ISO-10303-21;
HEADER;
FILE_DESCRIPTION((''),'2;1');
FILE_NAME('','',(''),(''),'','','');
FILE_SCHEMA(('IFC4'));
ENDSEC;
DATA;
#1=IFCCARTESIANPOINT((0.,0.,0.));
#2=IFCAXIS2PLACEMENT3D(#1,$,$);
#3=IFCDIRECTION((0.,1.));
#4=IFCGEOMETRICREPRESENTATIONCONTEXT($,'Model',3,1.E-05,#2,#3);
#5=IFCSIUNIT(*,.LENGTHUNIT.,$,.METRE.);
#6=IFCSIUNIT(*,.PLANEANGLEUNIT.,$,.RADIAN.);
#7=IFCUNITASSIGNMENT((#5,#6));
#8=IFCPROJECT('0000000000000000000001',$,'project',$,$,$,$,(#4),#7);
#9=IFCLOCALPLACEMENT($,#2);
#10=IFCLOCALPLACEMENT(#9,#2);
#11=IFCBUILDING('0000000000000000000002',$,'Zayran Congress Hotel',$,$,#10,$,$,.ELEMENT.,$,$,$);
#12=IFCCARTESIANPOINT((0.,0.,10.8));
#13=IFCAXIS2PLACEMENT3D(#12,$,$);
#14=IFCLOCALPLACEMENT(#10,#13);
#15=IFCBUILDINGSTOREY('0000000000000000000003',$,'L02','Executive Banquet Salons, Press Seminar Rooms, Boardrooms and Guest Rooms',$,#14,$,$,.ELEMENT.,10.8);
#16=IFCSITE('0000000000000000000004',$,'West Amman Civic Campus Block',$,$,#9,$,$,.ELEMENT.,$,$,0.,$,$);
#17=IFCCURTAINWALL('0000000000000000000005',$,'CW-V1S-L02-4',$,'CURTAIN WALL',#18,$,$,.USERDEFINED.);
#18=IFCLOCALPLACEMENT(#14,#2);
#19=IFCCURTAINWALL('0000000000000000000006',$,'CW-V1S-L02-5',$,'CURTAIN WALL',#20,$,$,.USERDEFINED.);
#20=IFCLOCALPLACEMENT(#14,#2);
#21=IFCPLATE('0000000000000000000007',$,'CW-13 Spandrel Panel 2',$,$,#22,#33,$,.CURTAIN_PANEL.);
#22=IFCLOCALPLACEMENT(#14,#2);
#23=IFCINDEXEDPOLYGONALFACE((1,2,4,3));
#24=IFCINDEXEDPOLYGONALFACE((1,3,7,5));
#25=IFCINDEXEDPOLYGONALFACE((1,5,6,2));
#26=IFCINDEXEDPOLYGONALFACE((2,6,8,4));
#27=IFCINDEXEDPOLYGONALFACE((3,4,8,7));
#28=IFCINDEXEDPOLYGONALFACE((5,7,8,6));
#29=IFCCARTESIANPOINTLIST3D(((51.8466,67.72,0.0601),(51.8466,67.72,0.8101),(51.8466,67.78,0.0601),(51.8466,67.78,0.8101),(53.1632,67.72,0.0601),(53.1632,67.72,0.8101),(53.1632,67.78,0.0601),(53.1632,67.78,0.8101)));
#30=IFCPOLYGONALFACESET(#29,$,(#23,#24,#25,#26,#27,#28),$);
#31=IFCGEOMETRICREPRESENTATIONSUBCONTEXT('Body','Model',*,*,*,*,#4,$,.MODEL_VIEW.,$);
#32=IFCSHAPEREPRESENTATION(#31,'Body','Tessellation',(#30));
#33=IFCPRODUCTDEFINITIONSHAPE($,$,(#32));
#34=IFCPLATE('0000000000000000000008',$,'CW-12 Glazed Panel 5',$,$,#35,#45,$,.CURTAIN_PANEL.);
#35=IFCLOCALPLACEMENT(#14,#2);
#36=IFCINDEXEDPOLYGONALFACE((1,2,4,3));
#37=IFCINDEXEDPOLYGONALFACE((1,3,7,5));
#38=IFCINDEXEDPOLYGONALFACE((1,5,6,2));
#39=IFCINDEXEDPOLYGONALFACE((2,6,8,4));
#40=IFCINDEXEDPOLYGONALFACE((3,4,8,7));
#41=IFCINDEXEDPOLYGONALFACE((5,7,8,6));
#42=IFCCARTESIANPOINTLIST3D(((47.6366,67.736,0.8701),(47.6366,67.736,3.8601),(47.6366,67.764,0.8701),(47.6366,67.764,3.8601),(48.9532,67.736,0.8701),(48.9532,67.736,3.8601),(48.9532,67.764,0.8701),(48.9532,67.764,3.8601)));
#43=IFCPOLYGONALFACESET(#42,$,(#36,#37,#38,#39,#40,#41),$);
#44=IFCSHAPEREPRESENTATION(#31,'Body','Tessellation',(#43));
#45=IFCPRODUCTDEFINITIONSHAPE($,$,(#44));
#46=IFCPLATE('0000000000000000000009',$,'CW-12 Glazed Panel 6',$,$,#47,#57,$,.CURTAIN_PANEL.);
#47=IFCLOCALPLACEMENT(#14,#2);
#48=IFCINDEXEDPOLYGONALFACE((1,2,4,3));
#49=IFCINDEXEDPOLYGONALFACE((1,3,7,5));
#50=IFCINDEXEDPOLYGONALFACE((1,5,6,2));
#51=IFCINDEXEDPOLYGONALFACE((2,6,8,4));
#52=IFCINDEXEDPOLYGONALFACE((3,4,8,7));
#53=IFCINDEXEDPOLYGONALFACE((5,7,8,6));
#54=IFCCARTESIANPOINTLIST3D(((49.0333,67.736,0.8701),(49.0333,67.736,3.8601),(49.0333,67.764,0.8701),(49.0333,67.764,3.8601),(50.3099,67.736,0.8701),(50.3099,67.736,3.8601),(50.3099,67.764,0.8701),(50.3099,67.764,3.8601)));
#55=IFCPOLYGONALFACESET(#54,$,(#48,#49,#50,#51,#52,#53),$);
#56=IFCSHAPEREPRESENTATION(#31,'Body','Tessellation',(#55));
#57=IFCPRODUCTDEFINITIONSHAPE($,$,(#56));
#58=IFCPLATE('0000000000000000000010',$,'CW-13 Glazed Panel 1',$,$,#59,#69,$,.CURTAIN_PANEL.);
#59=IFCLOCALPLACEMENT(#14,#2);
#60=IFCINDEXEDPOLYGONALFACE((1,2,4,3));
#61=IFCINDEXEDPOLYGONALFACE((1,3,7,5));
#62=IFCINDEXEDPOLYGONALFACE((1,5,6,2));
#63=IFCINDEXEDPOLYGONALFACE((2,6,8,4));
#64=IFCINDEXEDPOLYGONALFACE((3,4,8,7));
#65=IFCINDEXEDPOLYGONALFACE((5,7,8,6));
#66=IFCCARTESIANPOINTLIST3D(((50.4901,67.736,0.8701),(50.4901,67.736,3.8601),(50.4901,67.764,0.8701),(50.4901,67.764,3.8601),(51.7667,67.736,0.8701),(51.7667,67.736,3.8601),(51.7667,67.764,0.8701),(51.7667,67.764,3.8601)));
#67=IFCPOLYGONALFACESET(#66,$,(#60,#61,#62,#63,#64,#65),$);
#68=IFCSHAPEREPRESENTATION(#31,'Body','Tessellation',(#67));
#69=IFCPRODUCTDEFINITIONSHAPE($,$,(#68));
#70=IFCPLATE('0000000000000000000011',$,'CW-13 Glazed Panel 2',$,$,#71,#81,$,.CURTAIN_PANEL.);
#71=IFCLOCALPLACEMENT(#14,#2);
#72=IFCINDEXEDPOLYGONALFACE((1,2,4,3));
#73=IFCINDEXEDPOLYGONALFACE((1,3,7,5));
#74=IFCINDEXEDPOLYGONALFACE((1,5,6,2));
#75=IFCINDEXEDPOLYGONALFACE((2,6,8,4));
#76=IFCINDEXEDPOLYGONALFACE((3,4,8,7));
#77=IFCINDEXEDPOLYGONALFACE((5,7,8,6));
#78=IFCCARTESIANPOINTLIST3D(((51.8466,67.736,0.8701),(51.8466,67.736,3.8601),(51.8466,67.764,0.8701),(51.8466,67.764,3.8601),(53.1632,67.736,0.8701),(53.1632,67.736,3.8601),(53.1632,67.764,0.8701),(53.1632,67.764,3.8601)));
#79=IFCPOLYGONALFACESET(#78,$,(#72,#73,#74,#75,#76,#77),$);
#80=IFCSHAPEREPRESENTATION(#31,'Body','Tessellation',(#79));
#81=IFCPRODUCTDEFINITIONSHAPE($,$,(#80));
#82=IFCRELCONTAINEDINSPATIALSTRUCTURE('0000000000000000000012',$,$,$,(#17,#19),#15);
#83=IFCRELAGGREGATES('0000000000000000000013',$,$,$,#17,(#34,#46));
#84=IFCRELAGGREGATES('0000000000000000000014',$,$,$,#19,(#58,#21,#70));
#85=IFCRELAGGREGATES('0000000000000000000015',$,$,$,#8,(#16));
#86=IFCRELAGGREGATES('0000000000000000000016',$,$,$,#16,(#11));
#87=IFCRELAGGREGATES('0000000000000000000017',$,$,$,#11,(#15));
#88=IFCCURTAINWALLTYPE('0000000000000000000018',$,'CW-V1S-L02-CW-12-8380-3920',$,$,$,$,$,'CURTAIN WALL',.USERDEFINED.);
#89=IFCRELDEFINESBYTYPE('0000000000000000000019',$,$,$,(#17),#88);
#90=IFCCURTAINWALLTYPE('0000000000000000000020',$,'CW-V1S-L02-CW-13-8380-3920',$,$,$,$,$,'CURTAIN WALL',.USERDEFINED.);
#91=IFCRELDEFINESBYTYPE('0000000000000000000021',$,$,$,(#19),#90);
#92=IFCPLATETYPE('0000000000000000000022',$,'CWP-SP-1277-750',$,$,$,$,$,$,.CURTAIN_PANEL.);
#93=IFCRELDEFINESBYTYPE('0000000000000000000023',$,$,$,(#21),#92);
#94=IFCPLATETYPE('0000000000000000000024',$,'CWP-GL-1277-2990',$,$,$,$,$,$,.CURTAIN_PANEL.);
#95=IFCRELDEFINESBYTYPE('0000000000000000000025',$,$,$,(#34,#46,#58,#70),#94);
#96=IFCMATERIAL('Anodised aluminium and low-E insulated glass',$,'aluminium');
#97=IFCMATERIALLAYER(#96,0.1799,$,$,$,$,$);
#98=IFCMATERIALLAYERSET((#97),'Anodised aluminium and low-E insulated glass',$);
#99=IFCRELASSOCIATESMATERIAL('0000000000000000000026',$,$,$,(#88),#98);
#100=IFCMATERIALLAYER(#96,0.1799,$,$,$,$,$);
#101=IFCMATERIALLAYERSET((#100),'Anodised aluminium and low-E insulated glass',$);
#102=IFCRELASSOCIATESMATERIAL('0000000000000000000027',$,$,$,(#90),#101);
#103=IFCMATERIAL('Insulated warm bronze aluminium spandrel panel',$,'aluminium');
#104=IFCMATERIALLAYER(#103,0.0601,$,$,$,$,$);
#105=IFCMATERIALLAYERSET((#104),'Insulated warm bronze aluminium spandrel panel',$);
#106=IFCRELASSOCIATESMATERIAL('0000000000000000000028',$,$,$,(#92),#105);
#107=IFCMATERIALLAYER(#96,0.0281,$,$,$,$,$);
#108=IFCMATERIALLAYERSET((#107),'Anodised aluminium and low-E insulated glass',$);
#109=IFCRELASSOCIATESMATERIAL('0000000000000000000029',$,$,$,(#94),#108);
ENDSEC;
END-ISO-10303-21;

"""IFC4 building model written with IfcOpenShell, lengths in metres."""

from ifc_helpers import new_model, si_unit, direction, frame, origin, origin_2d, place, context, subcontext, project, spatial, rectangle, extrude, material, layer, layer_set, type_object, element, aggregate, save


model = new_model("IFC4")

# Units and contexts
model_context = context("Model", 3, precision=1e-05, world=origin(), true_north=direction((0.0, 1.0)))
body_context = subcontext(model_context, "Body", "Model", "MODEL_VIEW")
ifc_project = project(units=[si_unit("LENGTHUNIT", "METRE"), si_unit("PLANEANGLEUNIT", "RADIAN")], contexts=[model_context])

# Site, building, storey
site_placement = place(None, origin())
site = spatial("IfcSite", under=ifc_project, at=site_placement, Name="West Amman Civic Campus Block", CompositionType="ELEMENT", RefElevation=0.0)
building_placement = place(site_placement, origin())
building = spatial("IfcBuilding", under=site, at=building_placement, Name="Zayran Congress Hotel", CompositionType="ELEMENT")
storey_placement = place(building_placement, frame((0.0, 0.0, 10.8)))
storey = spatial("IfcBuildingStorey", under=building, at=storey_placement, Name="L02", Description="Executive Banquet Salons, Press Seminar Rooms, Boardrooms and Guest Rooms", CompositionType="ELEMENT", Elevation=10.8)

# Curtain walls
ifc_material_1 = material(Name="Anodised aluminium and low-E insulated glass", Category="aluminium")
ifc_layer_1 = layer(ifc_material_1, 0.1799)
ifc_layer_set_1 = layer_set([ifc_layer_1], Name="Anodised aluminium and low-E insulated glass")
curtain_wall_type_1 = type_object("IfcCurtainWallType", Name="CW-V1S-L02-CW-12-8380-3920", ElementType="CURTAIN WALL", PredefinedType="USERDEFINED", material=ifc_layer_set_1)
curtain_wall_1_placement = place(storey_placement, origin())
curtain_wall_1 = element("IfcCurtainWall", 1, at=curtain_wall_1_placement, inside=storey, type_object=curtain_wall_type_1, Name="CW-V1S-L02-4", ObjectType="CURTAIN WALL", PredefinedType="USERDEFINED")
ifc_layer_2 = layer(ifc_material_1, 0.1799)
ifc_layer_set_2 = layer_set([ifc_layer_2], Name="Anodised aluminium and low-E insulated glass")
curtain_wall_type_2 = type_object("IfcCurtainWallType", Name="CW-V1S-L02-CW-13-8380-3920", ElementType="CURTAIN WALL", PredefinedType="USERDEFINED", material=ifc_layer_set_2)
curtain_wall_2_placement = place(storey_placement, origin())
curtain_wall_2 = element("IfcCurtainWall", 2, at=curtain_wall_2_placement, inside=storey, type_object=curtain_wall_type_2, Name="CW-V1S-L02-5", ObjectType="CURTAIN WALL", PredefinedType="USERDEFINED")

# Plates
ifc_material_2 = material(Name="Insulated warm bronze aluminium spandrel panel", Category="aluminium")
ifc_layer_3 = layer(ifc_material_2, 0.0601)
ifc_layer_set_3 = layer_set([ifc_layer_3], Name="Insulated warm bronze aluminium spandrel panel")
plate_type_1 = type_object("IfcPlateType", Name="CWP-SP-1277-750", PredefinedType="CURTAIN_PANEL", material=ifc_layer_set_3)
plate_1_placement = place(storey_placement, frame((52.5049, 67.75, 0.0601), z_axis=(0.0, 0.0, 1.0), x_axis=(1.0, 0.0, 0.0)))
plate_1 = element("IfcPlate", 3, at=plate_1_placement, type_object=plate_type_1, Name="CW-13 Spandrel Panel 2", PredefinedType="CURTAIN_PANEL", context=body_context, shape_type="SweptSolid", body=[
    extrude(rectangle(XDim=1.3167, YDim=0.0601, at=origin_2d()), origin(), (0.0, 0.0, 1.0), 0.75),
])
ifc_layer_4 = layer(ifc_material_1, 0.0281)
ifc_layer_set_4 = layer_set([ifc_layer_4], Name="Anodised aluminium and low-E insulated glass")
plate_type_2 = type_object("IfcPlateType", Name="CWP-GL-1277-2990", PredefinedType="CURTAIN_PANEL", material=ifc_layer_set_4)
plate_2_placement = place(storey_placement, frame((48.2949, 67.75, 0.8701), z_axis=(0.0, 0.0, 1.0), x_axis=(1.0, 0.0, 0.0)))
plate_2 = element("IfcPlate", 4, at=plate_2_placement, type_object=plate_type_2, Name="CW-12 Glazed Panel 5", PredefinedType="CURTAIN_PANEL", context=body_context, shape_type="SweptSolid", body=[
    extrude(rectangle(XDim=1.3167, YDim=0.0281, at=origin_2d()), origin(), (0.0, 0.0, 1.0), 2.99),
])
plate_3_placement = place(storey_placement, frame((49.6716, 67.75, 0.8701), z_axis=(0.0, 0.0, 1.0), x_axis=(1.0, 0.0, 0.0)))
plate_3 = element("IfcPlate", 5, at=plate_3_placement, type_object=plate_type_2, Name="CW-12 Glazed Panel 6", PredefinedType="CURTAIN_PANEL", context=body_context, shape_type="SweptSolid", body=[
    extrude(rectangle(XDim=1.2766, YDim=0.0281, at=origin_2d()), origin(), (0.0, 0.0, 1.0), 2.99),
])
aggregate(curtain_wall_1, [plate_2, plate_3])
plate_4_placement = place(storey_placement, frame((51.1284, 67.75, 0.8701), z_axis=(0.0, 0.0, 1.0), x_axis=(1.0, 0.0, 0.0)))
plate_4 = element("IfcPlate", 6, at=plate_4_placement, type_object=plate_type_2, Name="CW-13 Glazed Panel 1", PredefinedType="CURTAIN_PANEL", context=body_context, shape_type="SweptSolid", body=[
    extrude(rectangle(XDim=1.2766, YDim=0.0281, at=origin_2d()), origin(), (0.0, 0.0, 1.0), 2.99),
])
plate_5_placement = place(storey_placement, frame((52.5049, 67.75, 0.8701), z_axis=(0.0, 0.0, 1.0), x_axis=(1.0, 0.0, 0.0)))
plate_5 = element("IfcPlate", 7, at=plate_5_placement, type_object=plate_type_2, Name="CW-13 Glazed Panel 2", PredefinedType="CURTAIN_PANEL", context=body_context, shape_type="SweptSolid", body=[
    extrude(rectangle(XDim=1.3167, YDim=0.0281, at=origin_2d()), origin(), (0.0, 0.0, 1.0), 2.99),
])
aggregate(curtain_wall_2, [plate_4, plate_1, plate_5])

save(model, "model.ifc")
